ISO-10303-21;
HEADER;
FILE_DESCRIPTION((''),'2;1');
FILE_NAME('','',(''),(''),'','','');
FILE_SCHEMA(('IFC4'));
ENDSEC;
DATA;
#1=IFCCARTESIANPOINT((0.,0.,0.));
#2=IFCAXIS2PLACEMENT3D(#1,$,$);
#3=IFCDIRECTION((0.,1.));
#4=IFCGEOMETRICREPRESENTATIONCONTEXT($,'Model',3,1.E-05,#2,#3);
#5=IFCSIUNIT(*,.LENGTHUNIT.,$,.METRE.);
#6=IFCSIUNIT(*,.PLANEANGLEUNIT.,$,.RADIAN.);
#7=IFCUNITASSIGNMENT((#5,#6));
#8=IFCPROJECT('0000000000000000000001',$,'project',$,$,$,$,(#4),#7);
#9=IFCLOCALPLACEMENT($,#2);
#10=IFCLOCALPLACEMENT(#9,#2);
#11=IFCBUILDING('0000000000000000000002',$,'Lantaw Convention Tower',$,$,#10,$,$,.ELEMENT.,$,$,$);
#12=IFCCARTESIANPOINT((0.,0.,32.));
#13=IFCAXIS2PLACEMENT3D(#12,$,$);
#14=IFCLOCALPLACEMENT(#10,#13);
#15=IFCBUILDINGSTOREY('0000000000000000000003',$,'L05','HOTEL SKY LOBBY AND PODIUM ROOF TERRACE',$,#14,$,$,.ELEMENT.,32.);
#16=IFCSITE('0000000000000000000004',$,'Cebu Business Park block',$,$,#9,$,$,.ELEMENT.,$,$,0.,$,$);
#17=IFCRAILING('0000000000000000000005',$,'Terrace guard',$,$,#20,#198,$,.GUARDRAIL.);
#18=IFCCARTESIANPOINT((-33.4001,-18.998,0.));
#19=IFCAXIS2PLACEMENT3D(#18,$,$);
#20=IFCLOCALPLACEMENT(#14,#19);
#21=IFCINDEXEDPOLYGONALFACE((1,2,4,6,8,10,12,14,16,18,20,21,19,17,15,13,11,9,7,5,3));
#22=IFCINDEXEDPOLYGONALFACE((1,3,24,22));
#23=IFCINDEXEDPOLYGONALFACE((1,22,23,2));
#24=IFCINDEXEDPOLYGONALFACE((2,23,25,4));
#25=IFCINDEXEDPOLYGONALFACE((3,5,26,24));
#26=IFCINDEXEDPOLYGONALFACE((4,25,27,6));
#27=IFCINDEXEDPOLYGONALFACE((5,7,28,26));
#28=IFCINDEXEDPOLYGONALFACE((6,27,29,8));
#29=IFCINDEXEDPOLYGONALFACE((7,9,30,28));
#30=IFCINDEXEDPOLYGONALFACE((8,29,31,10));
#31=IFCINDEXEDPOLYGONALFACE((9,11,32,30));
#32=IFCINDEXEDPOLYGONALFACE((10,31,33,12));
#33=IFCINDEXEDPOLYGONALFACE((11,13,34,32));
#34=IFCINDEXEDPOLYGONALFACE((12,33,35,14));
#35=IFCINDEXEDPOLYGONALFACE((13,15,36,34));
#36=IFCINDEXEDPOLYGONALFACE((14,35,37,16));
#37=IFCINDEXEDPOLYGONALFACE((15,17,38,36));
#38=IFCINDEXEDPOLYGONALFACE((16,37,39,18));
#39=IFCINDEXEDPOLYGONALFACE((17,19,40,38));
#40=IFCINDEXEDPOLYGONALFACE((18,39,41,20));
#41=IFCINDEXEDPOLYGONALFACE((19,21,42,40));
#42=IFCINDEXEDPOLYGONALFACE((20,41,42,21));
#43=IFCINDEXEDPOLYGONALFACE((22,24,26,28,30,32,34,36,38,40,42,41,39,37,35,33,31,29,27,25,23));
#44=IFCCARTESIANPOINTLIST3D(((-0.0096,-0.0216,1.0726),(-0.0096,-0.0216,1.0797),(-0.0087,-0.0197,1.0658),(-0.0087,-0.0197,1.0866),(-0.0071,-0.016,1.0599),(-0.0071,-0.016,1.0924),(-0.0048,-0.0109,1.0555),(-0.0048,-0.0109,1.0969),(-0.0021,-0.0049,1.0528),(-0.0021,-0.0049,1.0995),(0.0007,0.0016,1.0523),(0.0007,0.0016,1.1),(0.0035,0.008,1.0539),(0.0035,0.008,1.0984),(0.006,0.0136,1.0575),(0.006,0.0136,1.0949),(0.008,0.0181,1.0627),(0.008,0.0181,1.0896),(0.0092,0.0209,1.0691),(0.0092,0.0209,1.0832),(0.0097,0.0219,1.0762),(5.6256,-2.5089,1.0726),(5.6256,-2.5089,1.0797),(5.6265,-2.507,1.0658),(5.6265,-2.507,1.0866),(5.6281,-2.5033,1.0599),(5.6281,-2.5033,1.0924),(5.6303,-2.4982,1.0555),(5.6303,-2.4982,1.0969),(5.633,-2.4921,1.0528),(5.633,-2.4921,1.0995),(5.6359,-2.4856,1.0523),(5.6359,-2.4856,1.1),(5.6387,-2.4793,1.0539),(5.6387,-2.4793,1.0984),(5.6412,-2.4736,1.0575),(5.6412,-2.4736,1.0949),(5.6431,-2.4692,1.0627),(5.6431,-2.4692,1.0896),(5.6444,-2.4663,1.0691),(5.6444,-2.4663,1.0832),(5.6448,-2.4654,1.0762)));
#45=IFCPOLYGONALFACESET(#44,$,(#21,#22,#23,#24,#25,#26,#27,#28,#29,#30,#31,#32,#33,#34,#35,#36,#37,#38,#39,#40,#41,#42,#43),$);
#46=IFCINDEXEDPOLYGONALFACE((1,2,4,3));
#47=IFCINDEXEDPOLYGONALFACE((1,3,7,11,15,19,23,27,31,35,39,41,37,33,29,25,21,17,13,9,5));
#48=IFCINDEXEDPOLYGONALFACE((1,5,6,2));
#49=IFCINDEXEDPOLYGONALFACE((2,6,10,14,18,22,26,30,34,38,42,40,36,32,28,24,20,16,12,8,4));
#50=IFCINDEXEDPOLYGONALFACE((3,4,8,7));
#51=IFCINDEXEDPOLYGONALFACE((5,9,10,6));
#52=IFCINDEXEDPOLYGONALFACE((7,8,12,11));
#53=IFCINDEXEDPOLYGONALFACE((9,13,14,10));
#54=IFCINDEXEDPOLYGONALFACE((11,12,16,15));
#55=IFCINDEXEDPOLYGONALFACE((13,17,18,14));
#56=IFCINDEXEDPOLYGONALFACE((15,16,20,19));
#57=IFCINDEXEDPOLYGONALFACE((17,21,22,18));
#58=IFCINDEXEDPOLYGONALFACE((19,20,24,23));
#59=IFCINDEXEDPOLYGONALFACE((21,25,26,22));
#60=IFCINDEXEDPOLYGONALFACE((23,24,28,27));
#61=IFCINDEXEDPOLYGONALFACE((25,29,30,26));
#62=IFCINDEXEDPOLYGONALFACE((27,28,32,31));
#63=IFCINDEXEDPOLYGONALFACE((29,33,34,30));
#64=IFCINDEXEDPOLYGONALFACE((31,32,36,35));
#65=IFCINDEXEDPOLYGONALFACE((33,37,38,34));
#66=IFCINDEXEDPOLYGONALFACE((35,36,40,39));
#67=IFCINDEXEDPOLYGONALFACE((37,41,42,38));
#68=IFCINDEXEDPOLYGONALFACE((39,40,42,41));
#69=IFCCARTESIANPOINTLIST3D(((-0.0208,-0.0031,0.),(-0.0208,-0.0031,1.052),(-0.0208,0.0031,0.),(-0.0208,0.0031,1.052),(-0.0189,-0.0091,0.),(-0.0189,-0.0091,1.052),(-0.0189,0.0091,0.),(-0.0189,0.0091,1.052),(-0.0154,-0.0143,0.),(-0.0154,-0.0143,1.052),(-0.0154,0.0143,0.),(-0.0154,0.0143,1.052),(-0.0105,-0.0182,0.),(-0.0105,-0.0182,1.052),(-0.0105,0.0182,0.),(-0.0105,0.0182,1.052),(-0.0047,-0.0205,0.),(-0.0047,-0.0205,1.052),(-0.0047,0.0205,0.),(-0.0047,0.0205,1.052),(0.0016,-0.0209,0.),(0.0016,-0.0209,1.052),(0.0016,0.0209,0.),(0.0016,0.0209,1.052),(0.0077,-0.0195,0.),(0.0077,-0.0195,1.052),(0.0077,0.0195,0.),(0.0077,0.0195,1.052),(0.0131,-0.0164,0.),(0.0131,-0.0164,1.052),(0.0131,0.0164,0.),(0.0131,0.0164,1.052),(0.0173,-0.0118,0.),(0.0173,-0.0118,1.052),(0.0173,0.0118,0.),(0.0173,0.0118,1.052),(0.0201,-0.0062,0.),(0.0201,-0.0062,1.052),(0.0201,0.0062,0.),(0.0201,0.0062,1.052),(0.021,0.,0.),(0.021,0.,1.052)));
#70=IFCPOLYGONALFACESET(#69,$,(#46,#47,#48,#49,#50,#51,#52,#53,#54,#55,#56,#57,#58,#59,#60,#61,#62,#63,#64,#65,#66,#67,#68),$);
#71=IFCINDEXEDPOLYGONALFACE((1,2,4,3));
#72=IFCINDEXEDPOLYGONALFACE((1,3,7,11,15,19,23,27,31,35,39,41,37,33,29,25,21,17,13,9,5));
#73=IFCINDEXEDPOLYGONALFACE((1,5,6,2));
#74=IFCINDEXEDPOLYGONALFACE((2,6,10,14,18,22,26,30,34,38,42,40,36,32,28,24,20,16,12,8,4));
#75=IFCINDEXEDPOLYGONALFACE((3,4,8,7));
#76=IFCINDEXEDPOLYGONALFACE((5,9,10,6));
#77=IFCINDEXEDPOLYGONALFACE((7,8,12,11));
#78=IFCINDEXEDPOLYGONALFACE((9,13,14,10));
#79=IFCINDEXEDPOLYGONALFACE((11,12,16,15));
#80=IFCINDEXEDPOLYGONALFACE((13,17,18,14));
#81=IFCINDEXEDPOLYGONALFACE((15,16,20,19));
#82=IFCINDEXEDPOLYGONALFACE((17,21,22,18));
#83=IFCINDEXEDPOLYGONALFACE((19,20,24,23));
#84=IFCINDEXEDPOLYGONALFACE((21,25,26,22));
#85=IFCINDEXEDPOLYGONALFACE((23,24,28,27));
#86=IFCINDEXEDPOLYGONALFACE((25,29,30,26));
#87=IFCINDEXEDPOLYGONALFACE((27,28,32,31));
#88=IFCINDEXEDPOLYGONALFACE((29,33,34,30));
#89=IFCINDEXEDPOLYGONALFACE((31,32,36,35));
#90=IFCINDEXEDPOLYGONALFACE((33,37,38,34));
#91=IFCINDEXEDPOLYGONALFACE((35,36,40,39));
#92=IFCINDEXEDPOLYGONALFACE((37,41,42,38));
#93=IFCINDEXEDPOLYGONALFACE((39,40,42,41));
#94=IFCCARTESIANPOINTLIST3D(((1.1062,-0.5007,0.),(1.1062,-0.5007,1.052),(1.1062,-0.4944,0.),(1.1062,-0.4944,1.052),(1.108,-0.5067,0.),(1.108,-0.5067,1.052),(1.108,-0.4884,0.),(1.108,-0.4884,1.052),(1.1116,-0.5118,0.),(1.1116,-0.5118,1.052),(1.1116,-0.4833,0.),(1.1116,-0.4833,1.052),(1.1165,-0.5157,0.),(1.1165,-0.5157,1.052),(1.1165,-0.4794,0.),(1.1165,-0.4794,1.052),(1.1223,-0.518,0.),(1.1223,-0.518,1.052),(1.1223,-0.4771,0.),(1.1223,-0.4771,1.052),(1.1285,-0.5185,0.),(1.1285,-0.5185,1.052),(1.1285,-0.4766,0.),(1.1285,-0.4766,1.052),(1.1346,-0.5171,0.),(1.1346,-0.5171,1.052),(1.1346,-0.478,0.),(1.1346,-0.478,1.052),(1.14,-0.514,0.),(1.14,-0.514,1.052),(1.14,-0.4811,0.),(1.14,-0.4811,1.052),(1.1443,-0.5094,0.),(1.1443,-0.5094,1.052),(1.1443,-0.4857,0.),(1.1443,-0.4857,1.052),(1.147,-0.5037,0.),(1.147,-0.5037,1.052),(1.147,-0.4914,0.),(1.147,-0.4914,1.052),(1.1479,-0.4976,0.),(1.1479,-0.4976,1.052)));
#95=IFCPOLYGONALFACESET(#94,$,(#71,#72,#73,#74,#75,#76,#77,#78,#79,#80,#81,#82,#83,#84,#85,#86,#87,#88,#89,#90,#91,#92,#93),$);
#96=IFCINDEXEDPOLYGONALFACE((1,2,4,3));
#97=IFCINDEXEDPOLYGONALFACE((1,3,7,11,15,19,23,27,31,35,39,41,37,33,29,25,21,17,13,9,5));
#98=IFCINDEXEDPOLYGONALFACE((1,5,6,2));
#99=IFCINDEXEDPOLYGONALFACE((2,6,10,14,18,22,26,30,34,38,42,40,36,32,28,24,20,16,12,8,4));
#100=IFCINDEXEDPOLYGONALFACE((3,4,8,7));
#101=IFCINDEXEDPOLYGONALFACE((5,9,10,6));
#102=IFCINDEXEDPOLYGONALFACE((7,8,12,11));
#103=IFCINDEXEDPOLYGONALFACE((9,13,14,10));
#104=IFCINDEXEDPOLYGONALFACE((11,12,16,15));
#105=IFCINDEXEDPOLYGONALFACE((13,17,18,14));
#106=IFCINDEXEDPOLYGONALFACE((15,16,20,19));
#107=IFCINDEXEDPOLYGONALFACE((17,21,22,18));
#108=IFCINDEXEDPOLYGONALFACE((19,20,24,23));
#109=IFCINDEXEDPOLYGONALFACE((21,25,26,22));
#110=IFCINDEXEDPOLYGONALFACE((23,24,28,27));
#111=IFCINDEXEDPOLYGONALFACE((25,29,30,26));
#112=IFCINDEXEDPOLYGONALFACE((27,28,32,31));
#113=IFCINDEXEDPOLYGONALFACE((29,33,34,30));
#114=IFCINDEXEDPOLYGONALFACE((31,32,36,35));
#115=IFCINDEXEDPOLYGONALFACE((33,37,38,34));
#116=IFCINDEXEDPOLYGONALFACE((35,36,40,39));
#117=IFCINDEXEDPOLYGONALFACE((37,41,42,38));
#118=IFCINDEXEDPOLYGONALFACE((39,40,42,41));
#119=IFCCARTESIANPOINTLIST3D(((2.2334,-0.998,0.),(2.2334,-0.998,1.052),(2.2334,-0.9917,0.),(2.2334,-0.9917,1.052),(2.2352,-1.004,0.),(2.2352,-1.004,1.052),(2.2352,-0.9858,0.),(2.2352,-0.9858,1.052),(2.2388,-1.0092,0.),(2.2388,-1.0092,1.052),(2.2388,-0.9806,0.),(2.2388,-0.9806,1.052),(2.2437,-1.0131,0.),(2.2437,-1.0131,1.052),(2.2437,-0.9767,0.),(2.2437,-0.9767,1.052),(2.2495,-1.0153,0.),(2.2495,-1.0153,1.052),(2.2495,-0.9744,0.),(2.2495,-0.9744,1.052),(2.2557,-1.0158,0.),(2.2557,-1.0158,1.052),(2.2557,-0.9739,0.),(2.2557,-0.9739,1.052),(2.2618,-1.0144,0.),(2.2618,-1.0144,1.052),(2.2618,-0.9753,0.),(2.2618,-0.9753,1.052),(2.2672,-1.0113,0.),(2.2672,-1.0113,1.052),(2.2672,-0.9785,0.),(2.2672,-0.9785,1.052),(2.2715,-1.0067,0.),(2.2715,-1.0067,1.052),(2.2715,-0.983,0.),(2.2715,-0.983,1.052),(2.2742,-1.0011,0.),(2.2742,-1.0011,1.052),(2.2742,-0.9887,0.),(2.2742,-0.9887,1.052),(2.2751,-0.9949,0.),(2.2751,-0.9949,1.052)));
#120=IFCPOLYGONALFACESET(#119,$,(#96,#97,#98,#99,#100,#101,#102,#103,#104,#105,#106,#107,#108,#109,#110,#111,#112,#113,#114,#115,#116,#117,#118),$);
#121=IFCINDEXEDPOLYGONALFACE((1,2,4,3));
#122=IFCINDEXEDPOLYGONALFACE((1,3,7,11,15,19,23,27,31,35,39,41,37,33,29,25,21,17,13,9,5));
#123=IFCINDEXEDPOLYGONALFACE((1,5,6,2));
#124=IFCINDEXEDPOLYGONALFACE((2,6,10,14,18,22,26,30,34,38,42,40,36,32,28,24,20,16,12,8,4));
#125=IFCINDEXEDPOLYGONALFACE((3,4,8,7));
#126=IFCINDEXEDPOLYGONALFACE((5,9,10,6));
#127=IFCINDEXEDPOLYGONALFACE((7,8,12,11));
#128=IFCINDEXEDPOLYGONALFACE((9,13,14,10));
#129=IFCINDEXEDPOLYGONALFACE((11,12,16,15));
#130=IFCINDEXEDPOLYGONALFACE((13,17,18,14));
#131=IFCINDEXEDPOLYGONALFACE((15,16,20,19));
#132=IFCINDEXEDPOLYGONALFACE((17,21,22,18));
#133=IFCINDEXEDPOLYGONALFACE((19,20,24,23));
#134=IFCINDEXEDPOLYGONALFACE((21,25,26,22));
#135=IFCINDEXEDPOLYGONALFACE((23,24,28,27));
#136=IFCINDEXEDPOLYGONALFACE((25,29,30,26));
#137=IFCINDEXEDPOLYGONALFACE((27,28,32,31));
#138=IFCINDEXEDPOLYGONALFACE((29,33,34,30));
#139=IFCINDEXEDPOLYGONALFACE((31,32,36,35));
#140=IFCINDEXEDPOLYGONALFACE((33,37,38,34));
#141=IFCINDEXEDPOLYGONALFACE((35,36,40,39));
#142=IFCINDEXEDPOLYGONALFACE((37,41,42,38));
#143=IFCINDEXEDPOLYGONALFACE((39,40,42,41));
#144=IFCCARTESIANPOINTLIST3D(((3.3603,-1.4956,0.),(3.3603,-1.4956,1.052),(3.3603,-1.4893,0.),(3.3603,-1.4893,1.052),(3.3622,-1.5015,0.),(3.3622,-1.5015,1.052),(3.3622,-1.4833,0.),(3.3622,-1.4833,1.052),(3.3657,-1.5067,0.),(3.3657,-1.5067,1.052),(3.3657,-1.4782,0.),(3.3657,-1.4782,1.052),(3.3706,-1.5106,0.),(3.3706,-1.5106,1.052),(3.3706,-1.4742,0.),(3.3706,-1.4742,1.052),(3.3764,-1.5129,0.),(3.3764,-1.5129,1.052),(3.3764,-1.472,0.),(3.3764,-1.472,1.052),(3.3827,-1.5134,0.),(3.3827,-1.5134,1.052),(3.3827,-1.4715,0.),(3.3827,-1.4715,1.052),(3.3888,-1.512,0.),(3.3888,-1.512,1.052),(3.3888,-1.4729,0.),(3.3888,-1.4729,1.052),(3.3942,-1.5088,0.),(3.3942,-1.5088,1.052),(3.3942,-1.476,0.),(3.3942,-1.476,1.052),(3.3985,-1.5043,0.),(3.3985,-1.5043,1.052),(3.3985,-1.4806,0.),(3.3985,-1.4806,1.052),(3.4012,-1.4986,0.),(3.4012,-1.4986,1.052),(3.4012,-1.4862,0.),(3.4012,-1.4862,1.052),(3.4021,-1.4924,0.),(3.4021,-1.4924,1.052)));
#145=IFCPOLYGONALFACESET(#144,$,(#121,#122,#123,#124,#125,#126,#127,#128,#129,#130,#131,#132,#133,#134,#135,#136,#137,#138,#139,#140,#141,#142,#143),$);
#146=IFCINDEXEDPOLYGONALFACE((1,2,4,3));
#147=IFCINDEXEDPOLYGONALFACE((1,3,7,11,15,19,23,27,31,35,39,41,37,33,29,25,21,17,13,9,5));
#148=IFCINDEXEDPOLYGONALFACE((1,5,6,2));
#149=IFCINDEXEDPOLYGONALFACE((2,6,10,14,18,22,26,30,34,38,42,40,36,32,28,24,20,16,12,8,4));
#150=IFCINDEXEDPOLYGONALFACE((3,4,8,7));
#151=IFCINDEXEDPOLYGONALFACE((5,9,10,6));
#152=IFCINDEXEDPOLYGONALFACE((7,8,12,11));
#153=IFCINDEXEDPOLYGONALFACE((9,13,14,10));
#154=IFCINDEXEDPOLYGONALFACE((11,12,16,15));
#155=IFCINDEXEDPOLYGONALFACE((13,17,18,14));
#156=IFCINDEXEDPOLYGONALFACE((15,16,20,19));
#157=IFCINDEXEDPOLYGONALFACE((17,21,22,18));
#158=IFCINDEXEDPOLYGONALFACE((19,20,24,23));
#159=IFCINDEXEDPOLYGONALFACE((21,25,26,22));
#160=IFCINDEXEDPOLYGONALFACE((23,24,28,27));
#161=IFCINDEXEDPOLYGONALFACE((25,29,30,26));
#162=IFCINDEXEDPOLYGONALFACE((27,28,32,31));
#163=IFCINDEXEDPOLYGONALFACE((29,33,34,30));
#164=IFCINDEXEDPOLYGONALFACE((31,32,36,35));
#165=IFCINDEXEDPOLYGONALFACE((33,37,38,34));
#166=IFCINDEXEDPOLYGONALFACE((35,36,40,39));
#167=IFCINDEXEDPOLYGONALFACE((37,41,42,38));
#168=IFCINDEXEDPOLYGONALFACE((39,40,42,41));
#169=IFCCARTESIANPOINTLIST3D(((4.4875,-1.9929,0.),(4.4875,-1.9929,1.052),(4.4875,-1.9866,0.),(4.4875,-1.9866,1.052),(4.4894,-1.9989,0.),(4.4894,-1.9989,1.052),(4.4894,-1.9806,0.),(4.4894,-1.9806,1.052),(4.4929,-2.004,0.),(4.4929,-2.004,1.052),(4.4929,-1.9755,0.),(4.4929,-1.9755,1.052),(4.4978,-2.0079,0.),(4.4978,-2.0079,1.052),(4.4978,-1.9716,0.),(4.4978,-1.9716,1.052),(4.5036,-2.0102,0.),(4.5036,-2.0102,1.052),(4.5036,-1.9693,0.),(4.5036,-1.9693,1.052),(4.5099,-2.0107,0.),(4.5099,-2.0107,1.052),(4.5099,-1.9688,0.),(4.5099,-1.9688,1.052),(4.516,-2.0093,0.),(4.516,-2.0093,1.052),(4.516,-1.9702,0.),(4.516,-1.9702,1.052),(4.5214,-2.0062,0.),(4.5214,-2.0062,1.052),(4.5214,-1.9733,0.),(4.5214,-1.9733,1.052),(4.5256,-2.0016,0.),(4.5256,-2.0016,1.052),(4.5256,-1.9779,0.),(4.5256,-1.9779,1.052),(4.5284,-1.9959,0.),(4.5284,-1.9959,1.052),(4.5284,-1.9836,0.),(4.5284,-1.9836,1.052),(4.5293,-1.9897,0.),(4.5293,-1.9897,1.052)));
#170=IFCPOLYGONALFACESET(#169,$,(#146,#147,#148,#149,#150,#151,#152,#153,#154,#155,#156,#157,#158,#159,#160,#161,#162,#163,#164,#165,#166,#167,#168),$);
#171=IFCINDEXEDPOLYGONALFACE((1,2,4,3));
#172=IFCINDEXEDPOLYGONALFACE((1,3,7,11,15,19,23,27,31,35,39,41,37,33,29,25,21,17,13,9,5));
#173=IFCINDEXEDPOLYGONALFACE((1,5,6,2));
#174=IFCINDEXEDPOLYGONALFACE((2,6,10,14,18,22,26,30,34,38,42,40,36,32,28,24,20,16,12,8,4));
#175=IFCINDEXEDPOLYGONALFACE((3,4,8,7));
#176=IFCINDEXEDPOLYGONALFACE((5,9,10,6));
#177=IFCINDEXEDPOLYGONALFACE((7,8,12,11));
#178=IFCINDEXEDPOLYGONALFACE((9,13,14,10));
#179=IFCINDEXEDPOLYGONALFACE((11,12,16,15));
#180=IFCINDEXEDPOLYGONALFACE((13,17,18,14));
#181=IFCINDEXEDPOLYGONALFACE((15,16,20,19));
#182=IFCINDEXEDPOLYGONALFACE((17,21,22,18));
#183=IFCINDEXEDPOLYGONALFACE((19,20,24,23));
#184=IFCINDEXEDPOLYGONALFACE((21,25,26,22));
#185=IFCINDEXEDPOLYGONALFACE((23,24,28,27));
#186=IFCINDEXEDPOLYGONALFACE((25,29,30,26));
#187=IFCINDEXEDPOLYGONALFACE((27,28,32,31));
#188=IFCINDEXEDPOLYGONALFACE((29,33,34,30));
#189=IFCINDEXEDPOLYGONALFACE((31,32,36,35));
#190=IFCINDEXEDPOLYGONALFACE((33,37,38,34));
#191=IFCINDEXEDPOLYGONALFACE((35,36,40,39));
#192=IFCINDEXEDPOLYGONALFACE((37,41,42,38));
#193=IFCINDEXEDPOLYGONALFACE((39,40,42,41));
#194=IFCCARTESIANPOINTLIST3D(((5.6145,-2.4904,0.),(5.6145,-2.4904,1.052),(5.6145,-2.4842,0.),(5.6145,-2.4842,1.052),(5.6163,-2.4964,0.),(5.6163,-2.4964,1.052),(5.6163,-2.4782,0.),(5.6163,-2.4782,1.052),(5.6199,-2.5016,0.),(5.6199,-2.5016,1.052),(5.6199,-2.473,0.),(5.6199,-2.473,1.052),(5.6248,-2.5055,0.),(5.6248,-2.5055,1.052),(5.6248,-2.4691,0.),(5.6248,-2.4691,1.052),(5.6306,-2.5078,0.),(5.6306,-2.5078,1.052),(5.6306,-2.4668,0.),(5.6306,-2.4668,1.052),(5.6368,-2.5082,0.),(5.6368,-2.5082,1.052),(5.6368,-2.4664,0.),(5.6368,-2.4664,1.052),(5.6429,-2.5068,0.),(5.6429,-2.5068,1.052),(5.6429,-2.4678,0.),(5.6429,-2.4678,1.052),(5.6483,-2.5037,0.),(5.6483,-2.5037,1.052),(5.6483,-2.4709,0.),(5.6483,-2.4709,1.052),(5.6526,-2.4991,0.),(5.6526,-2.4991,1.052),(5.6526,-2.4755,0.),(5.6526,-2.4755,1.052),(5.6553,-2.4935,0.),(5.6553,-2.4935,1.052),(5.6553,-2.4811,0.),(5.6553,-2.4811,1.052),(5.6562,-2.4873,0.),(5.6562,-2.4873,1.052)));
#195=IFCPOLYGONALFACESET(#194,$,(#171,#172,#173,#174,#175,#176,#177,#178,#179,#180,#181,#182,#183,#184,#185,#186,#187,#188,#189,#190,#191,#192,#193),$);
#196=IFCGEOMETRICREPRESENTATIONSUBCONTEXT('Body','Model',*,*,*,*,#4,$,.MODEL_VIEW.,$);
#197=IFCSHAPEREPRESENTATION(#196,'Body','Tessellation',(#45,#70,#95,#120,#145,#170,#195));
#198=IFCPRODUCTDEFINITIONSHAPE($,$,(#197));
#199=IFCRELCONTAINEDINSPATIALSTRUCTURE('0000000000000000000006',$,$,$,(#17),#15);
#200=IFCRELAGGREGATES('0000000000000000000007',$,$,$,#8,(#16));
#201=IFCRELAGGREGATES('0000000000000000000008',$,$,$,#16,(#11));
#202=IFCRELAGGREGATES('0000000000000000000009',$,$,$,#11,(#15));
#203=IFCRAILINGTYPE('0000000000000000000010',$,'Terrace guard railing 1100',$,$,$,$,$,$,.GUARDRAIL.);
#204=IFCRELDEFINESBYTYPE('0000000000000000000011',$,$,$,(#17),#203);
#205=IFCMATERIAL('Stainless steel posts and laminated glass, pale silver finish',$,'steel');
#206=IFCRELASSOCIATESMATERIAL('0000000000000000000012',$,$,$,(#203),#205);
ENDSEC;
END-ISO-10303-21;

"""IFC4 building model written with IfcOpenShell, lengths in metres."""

from ifc_helpers import new_model, si_unit, direction, frame, origin, origin_2d, place, context, subcontext, project, spatial, circle, extrude, material, type_object, element, save


model = new_model("IFC4")

# Units and contexts
model_context = context("Model", 3, precision=1e-05, world=origin(), true_north=direction((0.0, 1.0)))
body_context = subcontext(model_context, "Body", "Model", "MODEL_VIEW")
ifc_project = project(units=[si_unit("LENGTHUNIT", "METRE"), si_unit("PLANEANGLEUNIT", "RADIAN")], contexts=[model_context])

# Site, building, storey
site_placement = place(None, origin())
site = spatial("IfcSite", under=ifc_project, at=site_placement, Name="Cebu Business Park block", CompositionType="ELEMENT", RefElevation=0.0)
building_placement = place(site_placement, origin())
building = spatial("IfcBuilding", under=site, at=building_placement, Name="Lantaw Convention Tower", CompositionType="ELEMENT")
storey_placement = place(building_placement, frame((0.0, 0.0, 32.0)))
storey = spatial("IfcBuildingStorey", under=building, at=storey_placement, Name="L05", Description="HOTEL SKY LOBBY AND PODIUM ROOF TERRACE", CompositionType="ELEMENT", Elevation=32.0)

# Railing
ifc_material_1 = material(Name="Stainless steel posts and laminated glass, pale silver finish", Category="steel")
railing_type_1 = type_object("IfcRailingType", Name="Terrace guard railing 1100", PredefinedType="GUARDRAIL", material=ifc_material_1)
railing_1_placement = place(storey_placement, frame((-33.4001, -18.998, 0.0)))
element("IfcRailing", 1, at=railing_1_placement, inside=storey, type_object=railing_type_1, Name="Terrace guard", PredefinedType="GUARDRAIL", context=body_context, shape_type="SweptSolid", body=[
    extrude(circle(Radius=0.0239, at=origin_2d()), frame((0.0, 0.0, 1.0762), z_axis=(0.914848, -0.403798, 0.0), x_axis=(0.403798, 0.914848, 0.0)), (0.0, 0.0, 1.0), 6.1597),
    extrude(circle(Radius=0.021, at=origin_2d()), origin(), (0.0, 0.0, 1.0), 1.052),
    extrude(circle(Radius=0.021, at=origin_2d()), frame((1.127, -0.4976, 0.0)), (0.0, 0.0, 1.0), 1.052),
    extrude(circle(Radius=0.021, at=origin_2d()), frame((2.2542, -0.9949, 0.0)), (0.0, 0.0, 1.0), 1.052),
    extrude(circle(Radius=0.021, at=origin_2d()), frame((3.3811, -1.4924, 0.0)), (0.0, 0.0, 1.0), 1.052),
    extrude(circle(Radius=0.021, at=origin_2d()), frame((4.5083, -1.9897, 0.0)), (0.0, 0.0, 1.0), 1.052),
    extrude(circle(Radius=0.021, at=origin_2d()), frame((5.6353, -2.4873, 0.0)), (0.0, 0.0, 1.0), 1.052),
])

save(model, "model.ifc")
